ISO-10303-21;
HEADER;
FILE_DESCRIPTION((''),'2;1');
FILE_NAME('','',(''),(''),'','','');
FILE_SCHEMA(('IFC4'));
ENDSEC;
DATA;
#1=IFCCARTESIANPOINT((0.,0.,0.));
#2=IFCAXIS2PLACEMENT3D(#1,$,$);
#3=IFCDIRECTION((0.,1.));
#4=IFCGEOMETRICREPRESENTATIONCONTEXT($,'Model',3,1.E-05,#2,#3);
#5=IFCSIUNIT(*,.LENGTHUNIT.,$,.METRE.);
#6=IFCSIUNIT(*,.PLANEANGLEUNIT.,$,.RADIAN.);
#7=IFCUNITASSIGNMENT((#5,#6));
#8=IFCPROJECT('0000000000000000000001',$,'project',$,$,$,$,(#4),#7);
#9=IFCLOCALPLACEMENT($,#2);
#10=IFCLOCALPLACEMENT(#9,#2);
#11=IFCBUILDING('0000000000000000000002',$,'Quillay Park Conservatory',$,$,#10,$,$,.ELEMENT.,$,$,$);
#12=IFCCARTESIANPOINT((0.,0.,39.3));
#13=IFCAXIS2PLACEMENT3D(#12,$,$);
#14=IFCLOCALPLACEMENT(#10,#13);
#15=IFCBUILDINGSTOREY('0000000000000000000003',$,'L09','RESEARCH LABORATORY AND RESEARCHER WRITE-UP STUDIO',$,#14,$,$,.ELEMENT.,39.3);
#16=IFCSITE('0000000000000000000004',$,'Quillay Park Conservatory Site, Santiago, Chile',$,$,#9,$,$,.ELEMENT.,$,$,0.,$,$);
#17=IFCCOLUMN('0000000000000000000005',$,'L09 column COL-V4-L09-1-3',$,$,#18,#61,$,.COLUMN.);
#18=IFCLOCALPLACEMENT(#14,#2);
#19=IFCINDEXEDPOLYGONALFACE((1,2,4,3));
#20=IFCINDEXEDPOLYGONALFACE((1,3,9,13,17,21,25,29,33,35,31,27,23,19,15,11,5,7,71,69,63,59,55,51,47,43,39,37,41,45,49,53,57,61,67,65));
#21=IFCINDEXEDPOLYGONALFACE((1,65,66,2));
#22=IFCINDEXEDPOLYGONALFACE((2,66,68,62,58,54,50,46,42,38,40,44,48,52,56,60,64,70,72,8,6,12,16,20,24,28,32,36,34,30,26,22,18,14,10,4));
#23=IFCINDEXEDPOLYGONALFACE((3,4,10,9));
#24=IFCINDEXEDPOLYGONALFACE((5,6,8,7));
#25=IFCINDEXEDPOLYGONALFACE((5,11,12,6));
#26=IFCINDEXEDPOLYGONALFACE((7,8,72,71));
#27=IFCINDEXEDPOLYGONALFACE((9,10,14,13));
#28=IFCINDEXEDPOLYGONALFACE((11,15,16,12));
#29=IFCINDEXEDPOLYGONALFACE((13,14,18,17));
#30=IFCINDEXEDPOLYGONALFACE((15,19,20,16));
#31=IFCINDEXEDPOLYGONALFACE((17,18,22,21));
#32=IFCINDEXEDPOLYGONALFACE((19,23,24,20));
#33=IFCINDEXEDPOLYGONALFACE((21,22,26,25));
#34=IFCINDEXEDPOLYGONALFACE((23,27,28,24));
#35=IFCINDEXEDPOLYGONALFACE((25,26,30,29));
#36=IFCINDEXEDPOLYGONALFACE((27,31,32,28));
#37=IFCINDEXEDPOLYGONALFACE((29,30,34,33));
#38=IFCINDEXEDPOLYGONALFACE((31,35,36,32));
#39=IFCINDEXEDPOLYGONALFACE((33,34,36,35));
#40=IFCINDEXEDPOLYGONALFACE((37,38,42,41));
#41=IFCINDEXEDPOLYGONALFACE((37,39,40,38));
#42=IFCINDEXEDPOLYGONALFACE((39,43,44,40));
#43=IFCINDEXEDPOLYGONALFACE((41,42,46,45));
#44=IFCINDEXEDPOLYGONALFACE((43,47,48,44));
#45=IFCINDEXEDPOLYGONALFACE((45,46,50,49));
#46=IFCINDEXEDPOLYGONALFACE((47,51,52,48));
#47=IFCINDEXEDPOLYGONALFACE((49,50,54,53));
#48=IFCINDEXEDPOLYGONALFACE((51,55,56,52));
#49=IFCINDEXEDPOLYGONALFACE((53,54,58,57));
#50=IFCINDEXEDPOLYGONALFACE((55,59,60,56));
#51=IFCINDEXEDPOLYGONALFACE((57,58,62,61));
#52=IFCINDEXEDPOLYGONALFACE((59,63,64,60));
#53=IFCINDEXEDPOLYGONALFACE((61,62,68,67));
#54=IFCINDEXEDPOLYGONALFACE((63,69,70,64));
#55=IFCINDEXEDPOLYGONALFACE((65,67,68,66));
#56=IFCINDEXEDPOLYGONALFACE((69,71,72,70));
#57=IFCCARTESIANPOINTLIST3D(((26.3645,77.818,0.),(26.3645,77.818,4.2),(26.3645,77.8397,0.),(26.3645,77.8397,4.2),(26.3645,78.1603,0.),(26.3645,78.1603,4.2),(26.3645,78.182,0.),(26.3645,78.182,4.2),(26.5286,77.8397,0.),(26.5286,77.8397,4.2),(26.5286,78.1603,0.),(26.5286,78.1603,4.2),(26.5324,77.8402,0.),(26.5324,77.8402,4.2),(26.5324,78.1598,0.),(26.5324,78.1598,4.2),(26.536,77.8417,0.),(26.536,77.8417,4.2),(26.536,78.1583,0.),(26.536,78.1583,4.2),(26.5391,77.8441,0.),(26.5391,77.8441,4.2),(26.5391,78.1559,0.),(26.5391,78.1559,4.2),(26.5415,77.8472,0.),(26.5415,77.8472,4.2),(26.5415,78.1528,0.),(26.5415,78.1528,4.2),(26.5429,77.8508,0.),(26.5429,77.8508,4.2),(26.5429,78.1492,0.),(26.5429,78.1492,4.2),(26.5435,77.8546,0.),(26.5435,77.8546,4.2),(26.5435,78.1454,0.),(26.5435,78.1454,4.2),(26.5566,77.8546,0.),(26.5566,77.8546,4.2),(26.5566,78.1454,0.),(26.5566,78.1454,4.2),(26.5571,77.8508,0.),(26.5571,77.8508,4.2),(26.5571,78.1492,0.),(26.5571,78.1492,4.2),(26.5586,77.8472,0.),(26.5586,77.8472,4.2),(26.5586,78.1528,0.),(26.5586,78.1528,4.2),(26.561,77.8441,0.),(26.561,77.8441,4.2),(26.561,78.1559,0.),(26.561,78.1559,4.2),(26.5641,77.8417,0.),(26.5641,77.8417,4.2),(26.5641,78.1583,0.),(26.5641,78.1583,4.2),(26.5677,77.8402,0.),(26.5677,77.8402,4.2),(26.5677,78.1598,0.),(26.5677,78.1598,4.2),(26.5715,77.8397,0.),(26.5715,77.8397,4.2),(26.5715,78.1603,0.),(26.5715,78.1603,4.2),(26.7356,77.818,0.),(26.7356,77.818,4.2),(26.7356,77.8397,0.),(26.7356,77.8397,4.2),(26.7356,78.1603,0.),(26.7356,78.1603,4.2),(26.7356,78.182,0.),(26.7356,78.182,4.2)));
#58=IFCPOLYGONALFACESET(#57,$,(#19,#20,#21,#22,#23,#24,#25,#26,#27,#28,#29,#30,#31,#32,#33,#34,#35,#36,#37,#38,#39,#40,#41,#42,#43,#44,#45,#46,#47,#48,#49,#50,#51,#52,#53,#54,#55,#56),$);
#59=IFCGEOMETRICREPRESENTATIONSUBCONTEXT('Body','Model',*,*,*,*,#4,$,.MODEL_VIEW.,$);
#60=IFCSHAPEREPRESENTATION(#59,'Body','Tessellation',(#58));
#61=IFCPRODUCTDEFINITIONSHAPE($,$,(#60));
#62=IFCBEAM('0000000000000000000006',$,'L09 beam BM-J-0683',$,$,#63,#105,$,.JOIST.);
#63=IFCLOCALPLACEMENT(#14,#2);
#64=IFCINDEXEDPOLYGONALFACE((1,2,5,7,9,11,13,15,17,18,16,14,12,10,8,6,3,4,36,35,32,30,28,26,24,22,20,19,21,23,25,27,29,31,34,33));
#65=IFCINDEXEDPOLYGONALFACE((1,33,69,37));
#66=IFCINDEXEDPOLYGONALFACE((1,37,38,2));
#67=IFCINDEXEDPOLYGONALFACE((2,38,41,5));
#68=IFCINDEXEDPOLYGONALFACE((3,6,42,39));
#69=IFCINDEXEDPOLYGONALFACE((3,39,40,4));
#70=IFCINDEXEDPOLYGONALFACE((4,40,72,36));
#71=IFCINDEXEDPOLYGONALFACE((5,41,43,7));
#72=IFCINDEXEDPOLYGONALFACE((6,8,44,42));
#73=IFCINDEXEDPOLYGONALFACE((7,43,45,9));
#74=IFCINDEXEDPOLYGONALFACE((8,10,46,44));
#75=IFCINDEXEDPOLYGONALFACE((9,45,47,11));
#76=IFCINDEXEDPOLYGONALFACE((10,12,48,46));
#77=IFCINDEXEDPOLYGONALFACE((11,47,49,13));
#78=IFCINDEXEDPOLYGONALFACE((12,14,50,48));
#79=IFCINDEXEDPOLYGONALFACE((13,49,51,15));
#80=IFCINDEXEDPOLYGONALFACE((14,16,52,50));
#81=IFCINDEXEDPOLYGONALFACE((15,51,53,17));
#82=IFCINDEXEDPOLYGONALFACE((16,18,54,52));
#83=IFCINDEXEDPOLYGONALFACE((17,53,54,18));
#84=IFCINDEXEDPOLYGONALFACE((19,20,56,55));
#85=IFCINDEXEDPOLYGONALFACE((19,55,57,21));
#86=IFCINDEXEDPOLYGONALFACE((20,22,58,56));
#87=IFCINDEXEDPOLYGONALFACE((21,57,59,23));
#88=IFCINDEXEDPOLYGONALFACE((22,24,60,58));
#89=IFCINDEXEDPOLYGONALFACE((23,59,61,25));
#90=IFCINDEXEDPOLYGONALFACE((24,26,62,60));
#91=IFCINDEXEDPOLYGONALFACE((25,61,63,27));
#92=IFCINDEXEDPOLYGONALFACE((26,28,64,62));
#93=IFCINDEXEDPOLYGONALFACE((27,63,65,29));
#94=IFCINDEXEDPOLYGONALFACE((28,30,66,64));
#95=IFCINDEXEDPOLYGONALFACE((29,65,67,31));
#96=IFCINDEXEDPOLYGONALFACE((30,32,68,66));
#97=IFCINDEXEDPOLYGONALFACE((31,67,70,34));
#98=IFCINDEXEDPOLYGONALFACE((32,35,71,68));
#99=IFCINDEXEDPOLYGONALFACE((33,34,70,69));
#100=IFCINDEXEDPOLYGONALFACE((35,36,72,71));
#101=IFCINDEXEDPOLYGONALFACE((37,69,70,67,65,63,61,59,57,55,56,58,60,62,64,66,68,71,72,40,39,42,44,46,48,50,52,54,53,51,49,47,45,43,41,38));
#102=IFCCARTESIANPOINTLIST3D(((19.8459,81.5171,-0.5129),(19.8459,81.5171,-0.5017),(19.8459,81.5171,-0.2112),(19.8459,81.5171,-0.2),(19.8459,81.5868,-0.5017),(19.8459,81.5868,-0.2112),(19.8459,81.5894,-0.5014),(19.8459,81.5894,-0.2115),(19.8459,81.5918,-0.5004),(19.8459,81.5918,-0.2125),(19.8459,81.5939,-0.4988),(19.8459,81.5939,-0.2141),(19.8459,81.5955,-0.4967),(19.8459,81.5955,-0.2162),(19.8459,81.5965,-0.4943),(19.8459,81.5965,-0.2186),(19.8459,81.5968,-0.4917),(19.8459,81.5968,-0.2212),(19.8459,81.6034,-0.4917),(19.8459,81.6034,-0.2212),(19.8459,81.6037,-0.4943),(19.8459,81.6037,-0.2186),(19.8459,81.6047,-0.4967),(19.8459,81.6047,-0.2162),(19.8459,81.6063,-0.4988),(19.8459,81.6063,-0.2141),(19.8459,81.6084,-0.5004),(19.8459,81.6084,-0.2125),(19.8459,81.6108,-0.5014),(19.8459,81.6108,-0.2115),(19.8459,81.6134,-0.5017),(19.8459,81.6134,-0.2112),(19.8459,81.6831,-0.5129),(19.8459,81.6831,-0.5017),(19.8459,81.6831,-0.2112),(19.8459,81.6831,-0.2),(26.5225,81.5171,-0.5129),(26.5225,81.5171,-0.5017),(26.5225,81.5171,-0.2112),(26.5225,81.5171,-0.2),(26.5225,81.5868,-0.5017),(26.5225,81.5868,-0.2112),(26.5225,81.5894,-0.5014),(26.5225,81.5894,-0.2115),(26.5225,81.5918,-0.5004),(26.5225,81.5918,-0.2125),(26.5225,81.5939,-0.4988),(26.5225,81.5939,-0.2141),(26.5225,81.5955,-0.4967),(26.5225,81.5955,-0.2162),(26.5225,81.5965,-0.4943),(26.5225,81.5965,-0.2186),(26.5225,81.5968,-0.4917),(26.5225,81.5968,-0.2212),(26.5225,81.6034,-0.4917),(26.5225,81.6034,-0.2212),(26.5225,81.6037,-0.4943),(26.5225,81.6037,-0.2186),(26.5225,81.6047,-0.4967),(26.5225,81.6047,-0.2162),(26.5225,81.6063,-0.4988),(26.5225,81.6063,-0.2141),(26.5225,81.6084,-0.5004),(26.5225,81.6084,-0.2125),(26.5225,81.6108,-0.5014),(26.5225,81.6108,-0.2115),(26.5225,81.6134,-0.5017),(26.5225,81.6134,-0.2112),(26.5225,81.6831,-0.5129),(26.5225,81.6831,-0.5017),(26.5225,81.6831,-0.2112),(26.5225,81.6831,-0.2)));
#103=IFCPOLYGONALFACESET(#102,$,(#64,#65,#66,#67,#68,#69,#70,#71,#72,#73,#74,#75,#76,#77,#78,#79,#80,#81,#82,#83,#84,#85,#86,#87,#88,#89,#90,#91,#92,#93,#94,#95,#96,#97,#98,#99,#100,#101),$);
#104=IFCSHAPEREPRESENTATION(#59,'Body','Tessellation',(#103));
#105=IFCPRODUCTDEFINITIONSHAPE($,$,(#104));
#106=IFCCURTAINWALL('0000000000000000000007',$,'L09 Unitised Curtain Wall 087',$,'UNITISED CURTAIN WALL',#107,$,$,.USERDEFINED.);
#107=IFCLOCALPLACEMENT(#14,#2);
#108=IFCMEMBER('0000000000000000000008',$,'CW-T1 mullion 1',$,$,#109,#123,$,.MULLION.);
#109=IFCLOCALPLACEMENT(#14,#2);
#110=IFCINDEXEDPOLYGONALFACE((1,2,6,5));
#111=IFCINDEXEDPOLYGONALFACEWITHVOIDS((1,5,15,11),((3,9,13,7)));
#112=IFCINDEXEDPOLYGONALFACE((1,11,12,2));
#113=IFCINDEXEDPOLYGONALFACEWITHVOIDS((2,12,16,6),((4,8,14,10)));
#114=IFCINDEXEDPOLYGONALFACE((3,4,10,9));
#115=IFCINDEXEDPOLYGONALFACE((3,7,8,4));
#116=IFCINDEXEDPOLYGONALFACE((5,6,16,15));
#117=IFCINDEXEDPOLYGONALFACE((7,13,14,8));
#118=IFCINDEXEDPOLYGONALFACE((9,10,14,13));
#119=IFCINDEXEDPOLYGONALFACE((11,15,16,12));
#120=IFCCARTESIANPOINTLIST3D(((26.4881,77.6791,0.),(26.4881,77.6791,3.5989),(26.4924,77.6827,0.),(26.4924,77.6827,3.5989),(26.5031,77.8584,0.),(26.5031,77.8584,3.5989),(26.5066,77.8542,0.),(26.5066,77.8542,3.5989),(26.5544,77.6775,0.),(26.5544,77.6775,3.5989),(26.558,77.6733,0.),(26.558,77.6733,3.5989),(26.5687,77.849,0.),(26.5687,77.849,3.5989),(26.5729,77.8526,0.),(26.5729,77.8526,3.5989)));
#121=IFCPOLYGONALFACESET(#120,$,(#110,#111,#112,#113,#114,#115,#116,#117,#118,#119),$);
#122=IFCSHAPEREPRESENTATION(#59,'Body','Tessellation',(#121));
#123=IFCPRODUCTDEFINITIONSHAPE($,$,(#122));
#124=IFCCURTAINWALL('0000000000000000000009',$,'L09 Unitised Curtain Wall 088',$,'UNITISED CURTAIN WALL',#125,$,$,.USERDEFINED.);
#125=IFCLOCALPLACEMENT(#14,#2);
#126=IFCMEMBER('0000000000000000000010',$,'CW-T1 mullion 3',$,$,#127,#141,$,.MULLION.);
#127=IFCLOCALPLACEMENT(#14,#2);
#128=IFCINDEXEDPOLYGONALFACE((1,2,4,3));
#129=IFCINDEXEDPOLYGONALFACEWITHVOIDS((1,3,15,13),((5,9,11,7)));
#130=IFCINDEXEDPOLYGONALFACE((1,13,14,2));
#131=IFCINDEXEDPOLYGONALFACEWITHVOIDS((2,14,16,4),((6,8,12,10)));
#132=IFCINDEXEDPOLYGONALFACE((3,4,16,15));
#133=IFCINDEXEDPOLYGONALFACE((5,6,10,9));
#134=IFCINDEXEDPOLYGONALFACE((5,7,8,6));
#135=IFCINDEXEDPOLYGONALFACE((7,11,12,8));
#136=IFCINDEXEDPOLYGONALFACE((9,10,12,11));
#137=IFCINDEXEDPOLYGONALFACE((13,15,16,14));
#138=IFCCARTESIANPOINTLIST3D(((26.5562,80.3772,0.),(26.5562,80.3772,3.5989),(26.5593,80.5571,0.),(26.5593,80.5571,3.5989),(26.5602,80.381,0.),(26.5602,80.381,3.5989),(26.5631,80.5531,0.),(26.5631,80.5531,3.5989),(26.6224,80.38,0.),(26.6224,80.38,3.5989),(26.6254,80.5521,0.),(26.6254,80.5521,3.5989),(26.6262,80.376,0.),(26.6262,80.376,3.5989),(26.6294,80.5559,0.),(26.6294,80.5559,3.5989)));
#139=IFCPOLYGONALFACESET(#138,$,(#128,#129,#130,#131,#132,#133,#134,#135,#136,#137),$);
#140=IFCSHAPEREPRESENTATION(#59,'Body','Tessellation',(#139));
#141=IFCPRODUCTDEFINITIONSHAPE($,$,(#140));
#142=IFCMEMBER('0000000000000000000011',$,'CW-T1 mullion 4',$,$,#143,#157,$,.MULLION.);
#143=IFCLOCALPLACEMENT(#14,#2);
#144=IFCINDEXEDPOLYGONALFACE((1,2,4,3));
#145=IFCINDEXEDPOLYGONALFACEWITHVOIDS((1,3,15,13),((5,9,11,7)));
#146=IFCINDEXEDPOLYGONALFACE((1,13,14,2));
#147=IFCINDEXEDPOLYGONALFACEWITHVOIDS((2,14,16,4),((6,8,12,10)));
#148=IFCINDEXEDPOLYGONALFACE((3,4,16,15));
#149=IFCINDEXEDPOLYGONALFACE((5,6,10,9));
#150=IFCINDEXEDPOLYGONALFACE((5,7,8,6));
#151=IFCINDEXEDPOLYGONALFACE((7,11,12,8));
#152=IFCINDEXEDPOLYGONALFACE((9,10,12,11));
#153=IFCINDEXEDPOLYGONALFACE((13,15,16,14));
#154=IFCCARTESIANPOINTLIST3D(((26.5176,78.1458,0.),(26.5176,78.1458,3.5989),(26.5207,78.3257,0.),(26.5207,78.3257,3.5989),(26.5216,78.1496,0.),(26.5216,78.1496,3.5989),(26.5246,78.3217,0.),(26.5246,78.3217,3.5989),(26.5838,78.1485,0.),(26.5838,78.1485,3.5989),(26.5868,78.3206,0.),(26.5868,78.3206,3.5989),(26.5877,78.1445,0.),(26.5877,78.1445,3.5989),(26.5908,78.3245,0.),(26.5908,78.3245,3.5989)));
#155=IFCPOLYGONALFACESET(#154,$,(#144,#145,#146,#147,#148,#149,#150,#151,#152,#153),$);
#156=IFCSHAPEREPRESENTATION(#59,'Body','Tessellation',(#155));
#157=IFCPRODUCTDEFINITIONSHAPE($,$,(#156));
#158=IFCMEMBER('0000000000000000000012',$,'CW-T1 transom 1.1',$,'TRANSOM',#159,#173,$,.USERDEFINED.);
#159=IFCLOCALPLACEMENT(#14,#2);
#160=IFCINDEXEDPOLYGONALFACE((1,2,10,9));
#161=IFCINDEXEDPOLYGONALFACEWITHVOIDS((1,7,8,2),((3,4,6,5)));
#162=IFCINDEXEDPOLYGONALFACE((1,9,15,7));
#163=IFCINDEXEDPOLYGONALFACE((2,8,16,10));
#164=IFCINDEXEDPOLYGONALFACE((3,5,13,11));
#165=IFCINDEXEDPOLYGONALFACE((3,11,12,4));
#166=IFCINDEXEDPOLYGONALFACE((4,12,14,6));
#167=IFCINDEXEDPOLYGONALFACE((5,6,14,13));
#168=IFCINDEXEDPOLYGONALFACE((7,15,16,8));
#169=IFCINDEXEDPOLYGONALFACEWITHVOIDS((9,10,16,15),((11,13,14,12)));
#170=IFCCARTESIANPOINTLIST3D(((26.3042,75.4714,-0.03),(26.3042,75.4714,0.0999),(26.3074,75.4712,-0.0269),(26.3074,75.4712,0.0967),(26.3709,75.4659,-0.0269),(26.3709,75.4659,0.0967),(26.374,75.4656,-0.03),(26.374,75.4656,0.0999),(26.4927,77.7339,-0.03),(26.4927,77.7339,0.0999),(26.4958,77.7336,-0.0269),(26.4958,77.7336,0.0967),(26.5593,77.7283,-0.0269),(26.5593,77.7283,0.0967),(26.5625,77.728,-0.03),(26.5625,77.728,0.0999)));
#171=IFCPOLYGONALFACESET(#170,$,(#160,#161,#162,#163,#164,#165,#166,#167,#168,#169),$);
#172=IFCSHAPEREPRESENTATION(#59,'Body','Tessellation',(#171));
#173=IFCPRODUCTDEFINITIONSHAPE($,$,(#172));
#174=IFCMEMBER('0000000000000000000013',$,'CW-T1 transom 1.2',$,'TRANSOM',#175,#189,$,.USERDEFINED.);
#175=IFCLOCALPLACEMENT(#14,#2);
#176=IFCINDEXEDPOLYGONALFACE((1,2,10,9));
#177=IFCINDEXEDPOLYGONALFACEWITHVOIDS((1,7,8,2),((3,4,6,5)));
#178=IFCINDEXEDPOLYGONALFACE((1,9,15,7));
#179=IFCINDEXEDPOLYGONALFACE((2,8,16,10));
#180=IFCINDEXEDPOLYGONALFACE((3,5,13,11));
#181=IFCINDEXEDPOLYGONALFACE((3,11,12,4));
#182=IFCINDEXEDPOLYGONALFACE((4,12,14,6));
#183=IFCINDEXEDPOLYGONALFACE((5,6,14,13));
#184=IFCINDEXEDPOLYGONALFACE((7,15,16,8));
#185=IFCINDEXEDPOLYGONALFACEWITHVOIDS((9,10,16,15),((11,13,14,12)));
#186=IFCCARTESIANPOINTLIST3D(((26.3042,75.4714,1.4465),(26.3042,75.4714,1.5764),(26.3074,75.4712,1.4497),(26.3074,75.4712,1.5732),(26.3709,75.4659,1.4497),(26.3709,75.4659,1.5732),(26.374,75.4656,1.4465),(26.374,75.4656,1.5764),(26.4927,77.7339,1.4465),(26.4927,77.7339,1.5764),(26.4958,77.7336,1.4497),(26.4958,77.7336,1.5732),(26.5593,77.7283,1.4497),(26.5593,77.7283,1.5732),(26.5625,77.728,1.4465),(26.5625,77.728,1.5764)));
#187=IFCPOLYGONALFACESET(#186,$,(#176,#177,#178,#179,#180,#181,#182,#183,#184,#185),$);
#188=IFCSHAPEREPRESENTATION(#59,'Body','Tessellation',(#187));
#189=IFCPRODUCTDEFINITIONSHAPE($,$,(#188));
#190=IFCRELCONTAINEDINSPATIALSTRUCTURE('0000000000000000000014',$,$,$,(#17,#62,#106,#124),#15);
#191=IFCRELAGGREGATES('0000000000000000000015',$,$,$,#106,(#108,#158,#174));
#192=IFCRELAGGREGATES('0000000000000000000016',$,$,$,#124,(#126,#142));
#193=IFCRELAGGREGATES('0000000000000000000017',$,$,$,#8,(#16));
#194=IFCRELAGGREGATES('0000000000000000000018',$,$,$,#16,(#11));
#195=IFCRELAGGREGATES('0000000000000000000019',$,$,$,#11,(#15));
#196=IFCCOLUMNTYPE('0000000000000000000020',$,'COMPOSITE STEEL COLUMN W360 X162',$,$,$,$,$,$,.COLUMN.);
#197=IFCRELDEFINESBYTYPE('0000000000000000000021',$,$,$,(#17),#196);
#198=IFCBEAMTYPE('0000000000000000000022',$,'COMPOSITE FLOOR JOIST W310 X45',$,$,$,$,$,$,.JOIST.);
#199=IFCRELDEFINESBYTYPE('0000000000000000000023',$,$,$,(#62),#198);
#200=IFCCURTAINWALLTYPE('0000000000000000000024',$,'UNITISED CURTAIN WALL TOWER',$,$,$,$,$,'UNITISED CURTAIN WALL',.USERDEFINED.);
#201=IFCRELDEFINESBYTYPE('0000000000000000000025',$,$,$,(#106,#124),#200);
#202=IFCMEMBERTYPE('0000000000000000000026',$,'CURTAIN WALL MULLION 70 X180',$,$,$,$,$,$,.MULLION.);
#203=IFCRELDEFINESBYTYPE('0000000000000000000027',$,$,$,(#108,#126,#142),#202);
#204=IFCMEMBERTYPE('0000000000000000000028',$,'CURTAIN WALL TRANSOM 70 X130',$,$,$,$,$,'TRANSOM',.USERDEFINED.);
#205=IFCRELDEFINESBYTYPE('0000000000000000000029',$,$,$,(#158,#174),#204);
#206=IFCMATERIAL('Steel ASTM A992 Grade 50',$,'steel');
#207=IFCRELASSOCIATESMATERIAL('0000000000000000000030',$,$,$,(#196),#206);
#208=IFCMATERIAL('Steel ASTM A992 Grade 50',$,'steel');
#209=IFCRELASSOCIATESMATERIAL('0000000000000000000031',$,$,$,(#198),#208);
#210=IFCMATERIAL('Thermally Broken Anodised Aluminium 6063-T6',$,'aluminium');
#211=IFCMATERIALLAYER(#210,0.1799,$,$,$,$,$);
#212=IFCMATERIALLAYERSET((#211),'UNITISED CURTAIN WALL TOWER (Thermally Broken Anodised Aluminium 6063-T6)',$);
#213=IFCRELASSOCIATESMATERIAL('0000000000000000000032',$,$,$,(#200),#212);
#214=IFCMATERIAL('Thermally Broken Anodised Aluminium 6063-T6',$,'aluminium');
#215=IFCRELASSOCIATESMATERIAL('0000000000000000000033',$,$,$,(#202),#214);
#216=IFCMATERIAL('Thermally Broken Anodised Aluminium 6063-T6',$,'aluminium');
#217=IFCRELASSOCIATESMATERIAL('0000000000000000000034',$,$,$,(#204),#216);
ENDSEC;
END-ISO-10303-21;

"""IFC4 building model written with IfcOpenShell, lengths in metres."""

from ifc_helpers import new_model, si_unit, direction, frame, origin, origin_2d, place, context, subcontext, project, spatial, hollow_rectangle, i_section, extrude, material, layer, layer_set, material_profile, profile_set, type_object, element, aggregate, save


model = new_model("IFC4")

# Units and contexts
model_context = context("Model", 3, precision=1e-05, world=origin(), true_north=direction((0.0, 1.0)))
body_context = subcontext(model_context, "Body", "Model", "MODEL_VIEW")
ifc_project = project(units=[si_unit("LENGTHUNIT", "METRE"), si_unit("PLANEANGLEUNIT", "RADIAN")], contexts=[model_context])

# Site, building, storey
site_placement = place(None, origin())
site = spatial("IfcSite", under=ifc_project, at=site_placement, Name="Quillay Park Conservatory Site, Santiago, Chile", CompositionType="ELEMENT", RefElevation=0.0)
building_placement = place(site_placement, origin())
building = spatial("IfcBuilding", under=site, at=building_placement, Name="Quillay Park Conservatory", CompositionType="ELEMENT")
storey_placement = place(building_placement, frame((0.0, 0.0, 39.3)))
storey = spatial("IfcBuildingStorey", under=building, at=storey_placement, Name="L09", Description="RESEARCH LABORATORY AND RESEARCHER WRITE-UP STUDIO", CompositionType="ELEMENT", Elevation=39.3)

# Column
ifc_material_1 = material(Name="Steel ASTM A992 Grade 50", Category="steel")
ifc_material_profile_1 = material_profile(ifc_material_1, i_section(OverallWidth=0.3711, OverallDepth=0.364, WebThickness=0.0132, FlangeThickness=0.0217, FilletRadius=0.0149, at=origin_2d()), Name="W360x162")
ifc_profile_set_1 = profile_set([ifc_material_profile_1], Name="Steel ASTM A992 Grade 50")
column_type = type_object("IfcColumnType", Name="COMPOSITE STEEL COLUMN W360 X162", PredefinedType="COLUMN", material=ifc_profile_set_1)
column_placement = place(storey_placement, frame((26.55, 78.0, 0.0), z_axis=(0.0, 0.0, 1.0), x_axis=(1.0, 0.0, 0.0)))
element("IfcColumn", 1, at=column_placement, inside=storey, type_object=column_type, Name="L09 column COL-V4-L09-1-3", PredefinedType="COLUMN", context=body_context, shape_type="SweptSolid", body=[
    extrude(i_section(OverallWidth=0.3711, OverallDepth=0.364, WebThickness=0.0132, FlangeThickness=0.0217, FilletRadius=0.0149, at=origin_2d()), origin(), (0.0, 0.0, 1.0), 4.2),
])

# Beam
ifc_material_2 = material(Name="Steel ASTM A992 Grade 50", Category="steel")
ifc_material_profile_2 = material_profile(ifc_material_2, i_section(OverallWidth=0.166, OverallDepth=0.313, WebThickness=0.0066, FlangeThickness=0.0112, FilletRadius=0.01, at=origin_2d()), Name="W310x45")
ifc_profile_set_2 = profile_set([ifc_material_profile_2], Name="Steel ASTM A992 Grade 50")
beam_type_1 = type_object("IfcBeamType", Name="COMPOSITE FLOOR JOIST W310 X45", PredefinedType="JOIST", material=ifc_profile_set_2)
beam_1_placement = place(storey_placement, frame((19.8459, 81.6001, -0.3564), z_axis=(1.0, 0.0, 0.0), x_axis=(0.0, 1.0, 0.0)))
element("IfcBeam", 2, at=beam_1_placement, inside=storey, type_object=beam_type_1, Name="L09 beam BM-J-0683", PredefinedType="JOIST", context=body_context, shape_type="SweptSolid", body=[
    extrude(i_section(OverallWidth=0.166, OverallDepth=0.313, WebThickness=0.0066, FlangeThickness=0.0112, FilletRadius=0.01, at=origin_2d()), origin(), (0.0, 0.0, 1.0), 6.6765),
])

# Curtain wall, member
ifc_material_3 = material(Name="Thermally Broken Anodised Aluminium 6063-T6", Category="aluminium")
ifc_layer_1 = layer(ifc_material_3, 0.1799)
ifc_layer_set_1 = layer_set([ifc_layer_1], Name="UNITISED CURTAIN WALL TOWER (Thermally Broken Anodised Aluminium 6063-T6)")
curtain_wall_type = type_object("IfcCurtainWallType", Name="UNITISED CURTAIN WALL TOWER", ElementType="UNITISED CURTAIN WALL", PredefinedType="USERDEFINED", material=ifc_layer_set_1)
curtain_wall_1_placement = place(storey_placement, origin())
curtain_wall_1 = element("IfcCurtainWall", 3, at=curtain_wall_1_placement, inside=storey, type_object=curtain_wall_type, Name="L09 Unitised Curtain Wall 087", ObjectType="UNITISED CURTAIN WALL", PredefinedType="USERDEFINED")
ifc_material_4 = material(Name="Thermally Broken Anodised Aluminium 6063-T6", Category="aluminium")
ifc_material_profile_3 = material_profile(ifc_material_4, hollow_rectangle(XDim=0.0701, YDim=0.1799, WallThickness=0.0039, at=origin_2d()), Name="AL70x180x4")
ifc_profile_set_3 = profile_set([ifc_material_profile_3], Name="Thermally Broken Anodised Aluminium 6063-T6")
member_type_1 = type_object("IfcMemberType", Name="CURTAIN WALL MULLION 70 X180", PredefinedType="MULLION", material=ifc_profile_set_3)
member_1_placement = place(storey_placement, frame((26.5305, 77.7659, 0.0), z_axis=(0.0, 0.0, 1.0), x_axis=(0.996546, -0.083048, 0.0)))
member_1 = element("IfcMember", 4, at=member_1_placement, type_object=member_type_1, Name="CW-T1 mullion 1", PredefinedType="MULLION", context=body_context, shape_type="SweptSolid", body=[
    extrude(hollow_rectangle(XDim=0.0701, YDim=0.1799, WallThickness=0.0039, at=origin_2d()), origin(), (0.0, 0.0, 1.0), 3.5989),
])

# Curtain wall, members
curtain_wall_2_placement = place(storey_placement, origin())
curtain_wall_2 = element("IfcCurtainWall", 5, at=curtain_wall_2_placement, inside=storey, type_object=curtain_wall_type, Name="L09 Unitised Curtain Wall 088", ObjectType="UNITISED CURTAIN WALL", PredefinedType="USERDEFINED")
member_2_placement = place(storey_placement, frame((26.5928, 80.4666, 0.0), z_axis=(0.0, 0.0, 1.0), x_axis=(0.999849, -0.01735, 0.0)))
member_2 = element("IfcMember", 6, at=member_2_placement, type_object=member_type_1, Name="CW-T1 mullion 3", PredefinedType="MULLION", context=body_context, shape_type="SweptSolid", body=[
    extrude(hollow_rectangle(XDim=0.0701, YDim=0.1799, WallThickness=0.0039, at=origin_2d()), origin(), (0.0, 0.0, 1.0), 3.5989),
])
member_3_placement = place(storey_placement, frame((26.5542, 78.2351, 0.0), z_axis=(0.0, 0.0, 1.0), x_axis=(0.999849, -0.01735, 0.0)))
member_3 = element("IfcMember", 7, at=member_3_placement, type_object=member_type_1, Name="CW-T1 mullion 4", PredefinedType="MULLION", context=body_context, shape_type="SweptSolid", body=[
    extrude(hollow_rectangle(XDim=0.0701, YDim=0.1799, WallThickness=0.0039, at=origin_2d()), origin(), (0.0, 0.0, 1.0), 3.5989),
])

# Members
ifc_material_5 = material(Name="Thermally Broken Anodised Aluminium 6063-T6", Category="aluminium")
ifc_material_profile_4 = material_profile(ifc_material_5, hollow_rectangle(XDim=0.0701, YDim=0.1299, WallThickness=0.0032, at=origin_2d()), Name="AL70x130x3.2")
ifc_profile_set_4 = profile_set([ifc_material_profile_4], Name="Thermally Broken Anodised Aluminium 6063-T6")
member_type_2 = type_object("IfcMemberType", Name="CURTAIN WALL TRANSOM 70 X130", ElementType="TRANSOM", PredefinedType="USERDEFINED", material=ifc_profile_set_4)
member_4_placement = place(storey_placement, frame((26.5276, 77.731, 0.0349), z_axis=(-0.083019, -0.996548, 0.0), x_axis=(0.996548, -0.083019, 0.0)))
member_4 = element("IfcMember", 8, at=member_4_placement, type_object=member_type_2, Name="CW-T1 transom 1.1", ObjectType="TRANSOM", PredefinedType="USERDEFINED", context=body_context, shape_type="SweptSolid", body=[
    extrude(hollow_rectangle(XDim=0.0701, YDim=0.1299, WallThickness=0.0032, at=origin_2d()), origin(), (0.0, 0.0, 1.0), 2.2703),
])
member_5_placement = place(storey_placement, frame((26.5276, 77.731, 1.5115), z_axis=(-0.083019, -0.996548, 0.0), x_axis=(0.996548, -0.083019, 0.0)))
member_5 = element("IfcMember", 9, at=member_5_placement, type_object=member_type_2, Name="CW-T1 transom 1.2", ObjectType="TRANSOM", PredefinedType="USERDEFINED", context=body_context, shape_type="SweptSolid", body=[
    extrude(hollow_rectangle(XDim=0.0701, YDim=0.1299, WallThickness=0.0032, at=origin_2d()), origin(), (0.0, 0.0, 1.0), 2.2703),
])

aggregate(curtain_wall_1, [member_1, member_4, member_5])
aggregate(curtain_wall_2, [member_2, member_3])

save(model, "model.ifc")
